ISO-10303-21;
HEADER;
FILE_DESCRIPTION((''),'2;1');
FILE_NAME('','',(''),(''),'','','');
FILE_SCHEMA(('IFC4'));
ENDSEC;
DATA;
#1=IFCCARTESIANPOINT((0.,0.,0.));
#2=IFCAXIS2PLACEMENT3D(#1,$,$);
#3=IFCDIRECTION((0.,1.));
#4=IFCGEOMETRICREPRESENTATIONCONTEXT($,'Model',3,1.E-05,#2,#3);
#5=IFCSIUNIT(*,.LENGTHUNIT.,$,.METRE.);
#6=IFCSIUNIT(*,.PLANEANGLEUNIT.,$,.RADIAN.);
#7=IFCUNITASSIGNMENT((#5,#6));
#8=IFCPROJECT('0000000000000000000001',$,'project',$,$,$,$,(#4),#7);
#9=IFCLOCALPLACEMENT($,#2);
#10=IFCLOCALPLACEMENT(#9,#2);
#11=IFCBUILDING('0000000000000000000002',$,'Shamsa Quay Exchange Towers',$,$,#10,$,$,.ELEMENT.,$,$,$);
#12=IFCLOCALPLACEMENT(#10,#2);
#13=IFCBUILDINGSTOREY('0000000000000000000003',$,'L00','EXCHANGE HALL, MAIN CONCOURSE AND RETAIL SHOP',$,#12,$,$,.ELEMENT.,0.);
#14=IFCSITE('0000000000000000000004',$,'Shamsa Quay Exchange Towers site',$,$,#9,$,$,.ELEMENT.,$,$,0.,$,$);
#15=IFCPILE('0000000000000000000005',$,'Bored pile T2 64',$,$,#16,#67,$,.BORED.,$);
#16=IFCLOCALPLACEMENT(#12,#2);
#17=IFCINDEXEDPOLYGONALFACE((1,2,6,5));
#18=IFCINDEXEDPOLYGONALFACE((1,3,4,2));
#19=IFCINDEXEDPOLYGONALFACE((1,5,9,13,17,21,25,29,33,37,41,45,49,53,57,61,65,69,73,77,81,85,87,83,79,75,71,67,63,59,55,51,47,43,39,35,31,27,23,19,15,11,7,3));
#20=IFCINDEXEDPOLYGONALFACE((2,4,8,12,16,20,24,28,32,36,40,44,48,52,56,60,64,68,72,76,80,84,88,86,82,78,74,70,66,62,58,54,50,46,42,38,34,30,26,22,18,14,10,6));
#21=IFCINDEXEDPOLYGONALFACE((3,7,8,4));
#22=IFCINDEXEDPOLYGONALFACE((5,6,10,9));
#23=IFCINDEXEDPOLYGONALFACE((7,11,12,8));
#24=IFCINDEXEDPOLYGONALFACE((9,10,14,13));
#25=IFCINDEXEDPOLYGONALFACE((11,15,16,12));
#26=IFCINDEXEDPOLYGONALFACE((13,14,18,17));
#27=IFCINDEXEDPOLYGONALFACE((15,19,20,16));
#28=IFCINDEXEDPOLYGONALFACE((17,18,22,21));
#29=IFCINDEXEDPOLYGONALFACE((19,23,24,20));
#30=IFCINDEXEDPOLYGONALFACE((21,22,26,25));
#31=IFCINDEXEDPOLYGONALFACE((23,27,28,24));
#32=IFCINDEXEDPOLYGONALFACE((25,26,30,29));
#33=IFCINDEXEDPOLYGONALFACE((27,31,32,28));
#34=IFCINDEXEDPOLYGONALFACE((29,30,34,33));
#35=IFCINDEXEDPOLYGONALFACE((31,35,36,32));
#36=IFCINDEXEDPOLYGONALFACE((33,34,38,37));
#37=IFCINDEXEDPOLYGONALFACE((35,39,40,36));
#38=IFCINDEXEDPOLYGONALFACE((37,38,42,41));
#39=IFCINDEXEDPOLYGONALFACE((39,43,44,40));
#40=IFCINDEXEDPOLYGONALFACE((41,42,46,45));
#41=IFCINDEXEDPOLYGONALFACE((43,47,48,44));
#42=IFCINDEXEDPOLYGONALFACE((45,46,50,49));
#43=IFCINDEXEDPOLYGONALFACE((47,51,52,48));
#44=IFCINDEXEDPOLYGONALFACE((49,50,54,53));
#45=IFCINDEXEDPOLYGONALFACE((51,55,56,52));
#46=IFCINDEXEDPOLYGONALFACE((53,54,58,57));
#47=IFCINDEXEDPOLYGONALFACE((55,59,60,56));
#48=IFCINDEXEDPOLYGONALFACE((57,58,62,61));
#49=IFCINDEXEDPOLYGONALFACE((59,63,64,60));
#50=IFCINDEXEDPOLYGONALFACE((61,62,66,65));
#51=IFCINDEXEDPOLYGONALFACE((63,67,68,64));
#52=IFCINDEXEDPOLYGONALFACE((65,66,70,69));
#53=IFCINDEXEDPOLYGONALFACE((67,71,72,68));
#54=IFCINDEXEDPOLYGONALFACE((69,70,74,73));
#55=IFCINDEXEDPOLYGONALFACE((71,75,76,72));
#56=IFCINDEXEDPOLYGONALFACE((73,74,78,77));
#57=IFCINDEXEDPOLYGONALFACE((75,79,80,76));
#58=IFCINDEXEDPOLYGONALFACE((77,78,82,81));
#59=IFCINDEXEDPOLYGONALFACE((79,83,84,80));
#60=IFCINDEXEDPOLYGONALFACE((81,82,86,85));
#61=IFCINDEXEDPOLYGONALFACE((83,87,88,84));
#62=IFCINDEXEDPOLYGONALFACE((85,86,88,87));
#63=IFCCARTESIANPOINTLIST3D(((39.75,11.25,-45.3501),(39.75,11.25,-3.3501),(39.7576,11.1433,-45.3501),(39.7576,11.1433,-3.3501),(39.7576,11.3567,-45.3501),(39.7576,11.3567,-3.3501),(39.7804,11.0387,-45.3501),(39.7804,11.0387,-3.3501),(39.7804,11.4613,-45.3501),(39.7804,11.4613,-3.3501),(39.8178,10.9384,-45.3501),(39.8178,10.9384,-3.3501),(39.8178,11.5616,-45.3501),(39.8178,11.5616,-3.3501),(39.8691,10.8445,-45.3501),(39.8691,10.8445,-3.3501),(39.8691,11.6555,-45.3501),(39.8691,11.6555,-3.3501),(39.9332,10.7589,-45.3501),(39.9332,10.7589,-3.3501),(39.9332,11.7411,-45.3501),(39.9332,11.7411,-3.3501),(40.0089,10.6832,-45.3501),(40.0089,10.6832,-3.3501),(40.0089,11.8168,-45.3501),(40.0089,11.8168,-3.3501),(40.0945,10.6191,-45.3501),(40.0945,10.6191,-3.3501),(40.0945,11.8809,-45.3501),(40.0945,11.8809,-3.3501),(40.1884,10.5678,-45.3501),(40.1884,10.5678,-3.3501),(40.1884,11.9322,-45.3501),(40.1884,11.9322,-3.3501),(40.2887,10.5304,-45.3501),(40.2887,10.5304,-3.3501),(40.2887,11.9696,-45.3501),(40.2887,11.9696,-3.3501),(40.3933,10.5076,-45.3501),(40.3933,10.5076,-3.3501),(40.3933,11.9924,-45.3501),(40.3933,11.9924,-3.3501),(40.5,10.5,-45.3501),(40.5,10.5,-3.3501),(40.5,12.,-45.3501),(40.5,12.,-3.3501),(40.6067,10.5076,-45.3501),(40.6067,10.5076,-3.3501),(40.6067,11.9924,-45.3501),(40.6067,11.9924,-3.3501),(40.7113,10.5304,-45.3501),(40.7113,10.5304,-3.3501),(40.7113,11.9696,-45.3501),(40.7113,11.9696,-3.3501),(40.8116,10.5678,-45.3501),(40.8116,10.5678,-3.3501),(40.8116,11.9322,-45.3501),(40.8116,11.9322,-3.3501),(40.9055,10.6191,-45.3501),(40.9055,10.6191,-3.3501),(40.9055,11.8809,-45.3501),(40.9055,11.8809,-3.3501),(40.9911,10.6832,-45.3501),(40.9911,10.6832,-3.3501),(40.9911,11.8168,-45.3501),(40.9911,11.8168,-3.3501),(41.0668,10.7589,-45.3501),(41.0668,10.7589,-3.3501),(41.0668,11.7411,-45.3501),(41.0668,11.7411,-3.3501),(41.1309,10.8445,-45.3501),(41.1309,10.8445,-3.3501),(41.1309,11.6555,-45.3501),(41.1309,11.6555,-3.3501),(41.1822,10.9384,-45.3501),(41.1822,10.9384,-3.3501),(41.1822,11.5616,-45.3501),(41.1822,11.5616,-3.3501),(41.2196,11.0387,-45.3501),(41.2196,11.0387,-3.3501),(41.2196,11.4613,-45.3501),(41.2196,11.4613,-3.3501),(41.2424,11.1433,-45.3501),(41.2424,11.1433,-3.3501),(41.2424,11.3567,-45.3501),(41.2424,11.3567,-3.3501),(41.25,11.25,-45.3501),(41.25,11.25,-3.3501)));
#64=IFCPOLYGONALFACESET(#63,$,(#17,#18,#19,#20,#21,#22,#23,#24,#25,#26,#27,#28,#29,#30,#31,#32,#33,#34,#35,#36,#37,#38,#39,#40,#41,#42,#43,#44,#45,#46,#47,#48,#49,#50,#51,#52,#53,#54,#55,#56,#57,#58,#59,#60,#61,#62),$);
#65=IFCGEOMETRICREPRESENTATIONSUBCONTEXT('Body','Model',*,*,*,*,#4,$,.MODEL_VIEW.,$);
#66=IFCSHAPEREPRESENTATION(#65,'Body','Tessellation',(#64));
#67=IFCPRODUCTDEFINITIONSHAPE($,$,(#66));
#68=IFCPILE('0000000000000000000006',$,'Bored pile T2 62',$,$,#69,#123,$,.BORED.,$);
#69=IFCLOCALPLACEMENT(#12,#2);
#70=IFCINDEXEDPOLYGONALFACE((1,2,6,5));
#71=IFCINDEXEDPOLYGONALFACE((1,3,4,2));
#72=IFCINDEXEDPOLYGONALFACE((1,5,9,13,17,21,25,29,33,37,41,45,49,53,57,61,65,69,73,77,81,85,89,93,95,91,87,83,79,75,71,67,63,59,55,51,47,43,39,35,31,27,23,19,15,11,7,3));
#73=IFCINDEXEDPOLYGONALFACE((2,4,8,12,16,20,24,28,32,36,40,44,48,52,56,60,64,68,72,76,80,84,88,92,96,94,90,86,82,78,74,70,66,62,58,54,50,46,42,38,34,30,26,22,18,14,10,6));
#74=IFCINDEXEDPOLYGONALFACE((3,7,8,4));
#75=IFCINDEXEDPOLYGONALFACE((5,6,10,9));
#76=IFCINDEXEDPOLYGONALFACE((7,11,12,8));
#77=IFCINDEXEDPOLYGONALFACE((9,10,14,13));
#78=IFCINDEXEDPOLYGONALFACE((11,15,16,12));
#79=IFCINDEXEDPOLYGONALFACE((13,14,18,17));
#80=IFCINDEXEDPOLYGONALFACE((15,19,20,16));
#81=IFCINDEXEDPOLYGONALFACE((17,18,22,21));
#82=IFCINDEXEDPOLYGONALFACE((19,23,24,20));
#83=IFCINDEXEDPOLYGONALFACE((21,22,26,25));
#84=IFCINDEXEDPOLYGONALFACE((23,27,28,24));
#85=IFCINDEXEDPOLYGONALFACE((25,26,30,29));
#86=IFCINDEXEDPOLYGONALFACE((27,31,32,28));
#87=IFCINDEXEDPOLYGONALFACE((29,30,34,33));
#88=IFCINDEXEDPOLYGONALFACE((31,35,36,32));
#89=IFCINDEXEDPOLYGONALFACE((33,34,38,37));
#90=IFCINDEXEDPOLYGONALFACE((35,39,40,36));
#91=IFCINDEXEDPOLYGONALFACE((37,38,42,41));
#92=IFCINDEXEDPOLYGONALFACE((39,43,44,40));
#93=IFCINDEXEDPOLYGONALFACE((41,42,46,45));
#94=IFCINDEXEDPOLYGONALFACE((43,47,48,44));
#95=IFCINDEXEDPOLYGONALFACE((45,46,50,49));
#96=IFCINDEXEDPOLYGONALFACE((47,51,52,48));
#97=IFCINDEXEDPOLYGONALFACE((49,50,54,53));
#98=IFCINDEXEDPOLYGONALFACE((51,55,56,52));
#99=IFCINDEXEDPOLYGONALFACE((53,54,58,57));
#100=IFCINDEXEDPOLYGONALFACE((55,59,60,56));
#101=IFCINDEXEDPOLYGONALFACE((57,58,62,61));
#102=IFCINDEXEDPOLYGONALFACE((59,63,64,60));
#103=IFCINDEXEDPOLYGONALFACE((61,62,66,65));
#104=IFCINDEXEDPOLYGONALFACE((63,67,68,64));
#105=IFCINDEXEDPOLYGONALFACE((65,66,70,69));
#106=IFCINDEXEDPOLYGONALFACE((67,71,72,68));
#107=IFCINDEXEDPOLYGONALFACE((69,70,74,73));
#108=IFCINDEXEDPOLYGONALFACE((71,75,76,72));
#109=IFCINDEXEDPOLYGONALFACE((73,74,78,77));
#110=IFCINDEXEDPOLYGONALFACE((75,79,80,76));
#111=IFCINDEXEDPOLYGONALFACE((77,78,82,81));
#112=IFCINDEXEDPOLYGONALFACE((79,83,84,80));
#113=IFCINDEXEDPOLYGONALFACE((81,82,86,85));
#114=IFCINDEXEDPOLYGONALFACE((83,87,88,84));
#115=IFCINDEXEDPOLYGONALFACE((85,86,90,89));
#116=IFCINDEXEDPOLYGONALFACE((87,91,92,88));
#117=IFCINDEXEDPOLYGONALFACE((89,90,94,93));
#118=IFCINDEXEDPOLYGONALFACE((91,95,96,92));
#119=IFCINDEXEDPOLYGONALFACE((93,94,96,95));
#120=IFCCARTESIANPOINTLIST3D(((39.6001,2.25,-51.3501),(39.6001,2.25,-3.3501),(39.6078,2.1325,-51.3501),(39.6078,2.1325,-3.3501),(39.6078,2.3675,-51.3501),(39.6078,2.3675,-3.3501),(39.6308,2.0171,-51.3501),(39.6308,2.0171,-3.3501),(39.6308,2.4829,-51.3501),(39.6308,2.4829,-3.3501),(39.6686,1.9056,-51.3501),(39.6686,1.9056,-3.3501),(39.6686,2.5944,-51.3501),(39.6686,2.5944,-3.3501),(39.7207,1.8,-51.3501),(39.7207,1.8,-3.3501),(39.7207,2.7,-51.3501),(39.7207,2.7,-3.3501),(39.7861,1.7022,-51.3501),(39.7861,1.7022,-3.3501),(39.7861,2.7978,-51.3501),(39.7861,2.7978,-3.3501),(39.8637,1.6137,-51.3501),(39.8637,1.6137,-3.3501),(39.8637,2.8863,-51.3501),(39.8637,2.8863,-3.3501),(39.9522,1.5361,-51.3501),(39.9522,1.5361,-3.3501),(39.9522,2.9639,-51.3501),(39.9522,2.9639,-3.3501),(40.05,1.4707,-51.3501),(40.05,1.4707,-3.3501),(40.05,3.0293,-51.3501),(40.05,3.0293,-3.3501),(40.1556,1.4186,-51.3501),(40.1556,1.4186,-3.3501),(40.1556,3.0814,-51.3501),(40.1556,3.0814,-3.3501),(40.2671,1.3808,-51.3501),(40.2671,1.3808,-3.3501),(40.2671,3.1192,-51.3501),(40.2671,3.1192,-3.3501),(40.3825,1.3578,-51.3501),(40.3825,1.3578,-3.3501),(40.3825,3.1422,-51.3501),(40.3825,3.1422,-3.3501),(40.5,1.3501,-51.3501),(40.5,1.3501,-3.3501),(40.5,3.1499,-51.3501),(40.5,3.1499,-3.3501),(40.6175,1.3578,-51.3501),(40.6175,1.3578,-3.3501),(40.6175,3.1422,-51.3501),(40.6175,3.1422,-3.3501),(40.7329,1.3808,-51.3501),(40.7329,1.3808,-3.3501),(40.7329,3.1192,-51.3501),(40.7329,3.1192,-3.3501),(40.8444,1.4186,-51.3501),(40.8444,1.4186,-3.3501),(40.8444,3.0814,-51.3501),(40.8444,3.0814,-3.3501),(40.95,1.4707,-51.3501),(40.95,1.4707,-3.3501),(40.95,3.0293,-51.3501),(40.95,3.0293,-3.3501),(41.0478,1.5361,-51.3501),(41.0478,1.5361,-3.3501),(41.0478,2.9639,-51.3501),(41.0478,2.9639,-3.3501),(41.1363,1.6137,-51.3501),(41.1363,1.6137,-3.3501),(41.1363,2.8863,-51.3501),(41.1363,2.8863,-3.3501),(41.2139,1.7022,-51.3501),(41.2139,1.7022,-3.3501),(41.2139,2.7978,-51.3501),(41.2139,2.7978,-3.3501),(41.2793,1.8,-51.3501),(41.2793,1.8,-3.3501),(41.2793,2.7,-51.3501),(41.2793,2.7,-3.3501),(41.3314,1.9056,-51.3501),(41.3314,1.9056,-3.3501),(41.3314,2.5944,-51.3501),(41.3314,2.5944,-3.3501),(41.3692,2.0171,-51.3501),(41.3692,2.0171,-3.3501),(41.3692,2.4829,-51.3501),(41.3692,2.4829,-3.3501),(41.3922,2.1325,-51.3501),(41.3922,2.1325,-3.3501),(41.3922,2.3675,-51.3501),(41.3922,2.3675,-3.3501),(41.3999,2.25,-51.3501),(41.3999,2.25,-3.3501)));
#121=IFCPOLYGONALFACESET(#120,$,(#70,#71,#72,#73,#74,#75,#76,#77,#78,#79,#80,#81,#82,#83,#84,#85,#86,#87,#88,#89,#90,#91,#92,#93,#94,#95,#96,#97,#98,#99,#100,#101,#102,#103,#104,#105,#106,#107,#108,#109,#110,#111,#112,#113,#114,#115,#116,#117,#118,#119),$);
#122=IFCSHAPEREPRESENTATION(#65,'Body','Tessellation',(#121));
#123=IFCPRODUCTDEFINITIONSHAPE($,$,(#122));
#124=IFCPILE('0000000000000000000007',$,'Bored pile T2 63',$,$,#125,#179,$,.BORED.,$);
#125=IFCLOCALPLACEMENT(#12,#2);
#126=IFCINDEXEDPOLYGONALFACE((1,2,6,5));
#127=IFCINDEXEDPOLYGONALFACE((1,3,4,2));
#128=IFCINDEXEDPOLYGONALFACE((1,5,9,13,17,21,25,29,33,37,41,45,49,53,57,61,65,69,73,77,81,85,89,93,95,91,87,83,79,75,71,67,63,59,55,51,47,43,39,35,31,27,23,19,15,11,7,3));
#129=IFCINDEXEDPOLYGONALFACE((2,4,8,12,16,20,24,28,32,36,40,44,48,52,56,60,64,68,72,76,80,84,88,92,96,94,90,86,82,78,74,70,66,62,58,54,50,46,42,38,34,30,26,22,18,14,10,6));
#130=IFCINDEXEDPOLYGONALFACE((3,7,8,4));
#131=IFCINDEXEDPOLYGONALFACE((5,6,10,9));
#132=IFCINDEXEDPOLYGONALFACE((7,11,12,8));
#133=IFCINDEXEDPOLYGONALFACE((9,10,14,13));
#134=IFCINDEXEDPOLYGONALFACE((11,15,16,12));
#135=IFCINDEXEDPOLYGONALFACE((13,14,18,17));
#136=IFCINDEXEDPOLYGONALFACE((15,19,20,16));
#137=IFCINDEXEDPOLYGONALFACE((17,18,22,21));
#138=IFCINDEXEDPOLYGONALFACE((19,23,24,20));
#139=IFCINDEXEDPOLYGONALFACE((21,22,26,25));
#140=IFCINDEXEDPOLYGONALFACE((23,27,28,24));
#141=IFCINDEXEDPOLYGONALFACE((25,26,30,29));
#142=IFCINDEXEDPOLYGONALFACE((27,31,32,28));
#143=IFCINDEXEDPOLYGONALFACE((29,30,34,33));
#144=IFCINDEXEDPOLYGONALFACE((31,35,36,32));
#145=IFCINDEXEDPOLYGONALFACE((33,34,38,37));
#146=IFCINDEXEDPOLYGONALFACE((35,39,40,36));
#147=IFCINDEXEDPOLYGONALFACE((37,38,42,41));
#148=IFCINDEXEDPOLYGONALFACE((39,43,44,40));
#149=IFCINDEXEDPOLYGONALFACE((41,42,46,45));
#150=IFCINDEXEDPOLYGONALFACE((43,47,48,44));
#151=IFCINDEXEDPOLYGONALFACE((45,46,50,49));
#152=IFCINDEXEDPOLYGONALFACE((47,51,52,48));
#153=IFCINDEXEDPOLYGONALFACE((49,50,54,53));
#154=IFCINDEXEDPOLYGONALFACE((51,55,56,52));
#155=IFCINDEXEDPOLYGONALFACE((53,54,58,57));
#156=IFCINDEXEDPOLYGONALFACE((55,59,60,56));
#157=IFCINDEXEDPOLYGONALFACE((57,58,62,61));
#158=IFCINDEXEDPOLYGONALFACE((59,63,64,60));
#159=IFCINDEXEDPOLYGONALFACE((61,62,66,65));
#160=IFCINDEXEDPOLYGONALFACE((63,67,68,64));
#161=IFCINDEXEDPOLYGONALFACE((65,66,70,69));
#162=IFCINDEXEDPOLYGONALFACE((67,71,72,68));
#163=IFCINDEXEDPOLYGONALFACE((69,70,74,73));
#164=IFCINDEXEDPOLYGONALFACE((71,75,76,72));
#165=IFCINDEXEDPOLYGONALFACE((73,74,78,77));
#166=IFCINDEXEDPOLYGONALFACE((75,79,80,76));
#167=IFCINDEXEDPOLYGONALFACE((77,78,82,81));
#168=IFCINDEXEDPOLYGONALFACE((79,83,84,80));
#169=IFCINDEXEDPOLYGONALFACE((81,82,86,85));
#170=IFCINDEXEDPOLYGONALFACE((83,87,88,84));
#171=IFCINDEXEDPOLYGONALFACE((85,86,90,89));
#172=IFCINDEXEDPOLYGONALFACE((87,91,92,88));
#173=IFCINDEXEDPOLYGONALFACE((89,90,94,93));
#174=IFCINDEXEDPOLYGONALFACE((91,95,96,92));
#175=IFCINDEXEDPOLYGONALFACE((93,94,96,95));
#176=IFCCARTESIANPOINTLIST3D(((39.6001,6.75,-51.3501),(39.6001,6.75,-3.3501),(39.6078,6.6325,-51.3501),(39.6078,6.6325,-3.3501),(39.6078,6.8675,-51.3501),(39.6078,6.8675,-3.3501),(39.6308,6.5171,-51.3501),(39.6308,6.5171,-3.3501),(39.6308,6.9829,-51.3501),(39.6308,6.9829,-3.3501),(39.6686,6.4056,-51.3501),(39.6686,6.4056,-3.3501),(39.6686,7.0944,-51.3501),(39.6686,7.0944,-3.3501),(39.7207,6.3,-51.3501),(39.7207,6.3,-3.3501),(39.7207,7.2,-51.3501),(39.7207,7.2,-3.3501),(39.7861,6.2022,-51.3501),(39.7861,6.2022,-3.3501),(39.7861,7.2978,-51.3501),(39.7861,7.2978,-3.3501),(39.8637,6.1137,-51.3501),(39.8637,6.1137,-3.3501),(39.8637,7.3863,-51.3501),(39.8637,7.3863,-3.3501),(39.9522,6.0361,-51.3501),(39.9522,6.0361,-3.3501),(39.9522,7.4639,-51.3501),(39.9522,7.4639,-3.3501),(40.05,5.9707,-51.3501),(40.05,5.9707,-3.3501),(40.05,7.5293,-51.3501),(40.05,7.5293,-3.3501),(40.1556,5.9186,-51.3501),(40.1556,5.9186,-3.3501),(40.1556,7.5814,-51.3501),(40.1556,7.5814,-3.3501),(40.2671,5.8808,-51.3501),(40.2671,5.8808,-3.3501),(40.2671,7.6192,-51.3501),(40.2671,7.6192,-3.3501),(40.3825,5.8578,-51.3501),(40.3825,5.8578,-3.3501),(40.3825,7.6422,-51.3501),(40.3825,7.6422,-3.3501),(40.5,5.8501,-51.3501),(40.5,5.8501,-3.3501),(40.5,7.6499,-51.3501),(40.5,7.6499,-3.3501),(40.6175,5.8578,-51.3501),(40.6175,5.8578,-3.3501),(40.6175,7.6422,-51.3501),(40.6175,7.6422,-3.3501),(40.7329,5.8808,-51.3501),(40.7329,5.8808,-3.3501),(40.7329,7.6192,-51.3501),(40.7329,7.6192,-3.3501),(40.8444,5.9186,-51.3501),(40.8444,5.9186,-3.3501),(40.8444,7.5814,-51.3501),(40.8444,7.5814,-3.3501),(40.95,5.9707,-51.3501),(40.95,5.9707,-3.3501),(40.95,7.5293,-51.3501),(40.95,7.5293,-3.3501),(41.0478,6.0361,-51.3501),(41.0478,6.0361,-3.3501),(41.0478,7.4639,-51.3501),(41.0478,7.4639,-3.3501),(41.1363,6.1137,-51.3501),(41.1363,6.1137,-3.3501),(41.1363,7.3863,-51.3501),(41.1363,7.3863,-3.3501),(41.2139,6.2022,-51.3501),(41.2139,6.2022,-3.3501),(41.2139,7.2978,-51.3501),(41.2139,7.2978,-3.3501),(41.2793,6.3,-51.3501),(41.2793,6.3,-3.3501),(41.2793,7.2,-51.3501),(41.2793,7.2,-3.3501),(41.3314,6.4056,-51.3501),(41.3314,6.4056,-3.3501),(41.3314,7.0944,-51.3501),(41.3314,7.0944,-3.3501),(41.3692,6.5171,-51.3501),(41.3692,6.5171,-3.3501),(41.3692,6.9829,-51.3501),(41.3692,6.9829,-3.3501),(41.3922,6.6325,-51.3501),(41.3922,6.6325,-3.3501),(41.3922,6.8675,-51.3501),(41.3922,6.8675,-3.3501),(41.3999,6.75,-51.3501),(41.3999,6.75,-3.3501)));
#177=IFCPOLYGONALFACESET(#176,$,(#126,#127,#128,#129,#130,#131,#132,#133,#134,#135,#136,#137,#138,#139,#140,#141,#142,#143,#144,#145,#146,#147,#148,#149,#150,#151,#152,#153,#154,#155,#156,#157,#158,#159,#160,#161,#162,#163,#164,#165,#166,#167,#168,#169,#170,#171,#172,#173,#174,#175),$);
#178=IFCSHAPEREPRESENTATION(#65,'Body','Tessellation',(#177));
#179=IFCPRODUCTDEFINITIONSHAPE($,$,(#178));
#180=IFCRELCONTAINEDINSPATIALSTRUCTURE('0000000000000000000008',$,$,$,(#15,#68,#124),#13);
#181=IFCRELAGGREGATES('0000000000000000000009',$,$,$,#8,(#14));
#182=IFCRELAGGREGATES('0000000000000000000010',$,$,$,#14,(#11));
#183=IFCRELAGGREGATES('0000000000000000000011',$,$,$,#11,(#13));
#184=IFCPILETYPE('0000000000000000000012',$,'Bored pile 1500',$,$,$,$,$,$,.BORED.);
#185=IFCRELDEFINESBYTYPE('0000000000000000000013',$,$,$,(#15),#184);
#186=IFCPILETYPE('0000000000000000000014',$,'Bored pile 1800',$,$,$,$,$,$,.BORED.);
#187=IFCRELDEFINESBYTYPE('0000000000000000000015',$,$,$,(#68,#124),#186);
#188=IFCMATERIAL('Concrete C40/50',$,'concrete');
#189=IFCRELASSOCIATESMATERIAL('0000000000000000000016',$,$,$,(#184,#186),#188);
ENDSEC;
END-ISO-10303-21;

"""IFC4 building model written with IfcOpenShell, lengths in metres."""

from ifc_helpers import new_model, si_unit, direction, frame, origin, origin_2d, place, context, subcontext, project, spatial, circle, extrude, material, material_profile, profile_set, type_object, element, save


model = new_model("IFC4")

# Units and contexts
model_context = context("Model", 3, precision=1e-05, world=origin(), true_north=direction((0.0, 1.0)))
body_context = subcontext(model_context, "Body", "Model", "MODEL_VIEW")
ifc_project = project(units=[si_unit("LENGTHUNIT", "METRE"), si_unit("PLANEANGLEUNIT", "RADIAN")], contexts=[model_context])

# Site, building, storey
site_placement = place(None, origin())
site = spatial("IfcSite", under=ifc_project, at=site_placement, Name="Shamsa Quay Exchange Towers site", CompositionType="ELEMENT", RefElevation=0.0)
building_placement = place(site_placement, origin())
building = spatial("IfcBuilding", under=site, at=building_placement, Name="Shamsa Quay Exchange Towers", CompositionType="ELEMENT")
storey_placement = place(building_placement, origin())
storey = spatial("IfcBuildingStorey", under=building, at=storey_placement, Name="L00", Description="EXCHANGE HALL, MAIN CONCOURSE AND RETAIL SHOP", CompositionType="ELEMENT", Elevation=0.0)

# Piles
ifc_material_1 = material(Name="Concrete C40/50", Category="concrete")
ifc_material_profile_1 = material_profile(ifc_material_1, circle(Radius=0.75, at=origin_2d()), Name="BP1500")
ifc_profile_set_1 = profile_set([ifc_material_profile_1], Name="Concrete C40/50")
pile_type_1 = type_object("IfcPileType", Name="Bored pile 1500", PredefinedType="BORED", material=ifc_profile_set_1)
for number, where, z_axis, x_axis, name in (
    (1, (40.5, 11.25, -3.3501), (0.0, 0.0, -1.0), (1.0, 0.0, 0.0), "Bored pile T2 64"),
):
    element("IfcPile", number, at=place(storey_placement, frame(where, z_axis=z_axis, x_axis=x_axis)), inside=storey, type_object=pile_type_1, Name=name, PredefinedType="BORED", context=body_context, shape_type="SweptSolid", body=[
        extrude(circle(Radius=0.75, at=origin_2d()), origin(), (0.0, 0.0, 1.0), 42.0),
    ])
ifc_material_profile_2 = material_profile(ifc_material_1, circle(Radius=0.8999, at=origin_2d()), Name="BP1800")
ifc_profile_set_2 = profile_set([ifc_material_profile_2], Name="Concrete C40/50")
pile_type_2 = type_object("IfcPileType", Name="Bored pile 1800", PredefinedType="BORED", material=ifc_profile_set_2)
for number, where, z_axis, x_axis, name in (
    (2, (40.5, 2.25, -3.3501), (0.0, 0.0, -1.0), (1.0, 0.0, 0.0), "Bored pile T2 62"),
    (3, (40.5, 6.75, -3.3501), (0.0, 0.0, -1.0), (1.0, 0.0, 0.0), "Bored pile T2 63"),
):
    element("IfcPile", number, at=place(storey_placement, frame(where, z_axis=z_axis, x_axis=x_axis)), inside=storey, type_object=pile_type_2, Name=name, PredefinedType="BORED", context=body_context, shape_type="SweptSolid", body=[
        extrude(circle(Radius=0.8999, at=origin_2d()), origin(), (0.0, 0.0, 1.0), 48.0),
    ])

save(model, "model.ifc")
